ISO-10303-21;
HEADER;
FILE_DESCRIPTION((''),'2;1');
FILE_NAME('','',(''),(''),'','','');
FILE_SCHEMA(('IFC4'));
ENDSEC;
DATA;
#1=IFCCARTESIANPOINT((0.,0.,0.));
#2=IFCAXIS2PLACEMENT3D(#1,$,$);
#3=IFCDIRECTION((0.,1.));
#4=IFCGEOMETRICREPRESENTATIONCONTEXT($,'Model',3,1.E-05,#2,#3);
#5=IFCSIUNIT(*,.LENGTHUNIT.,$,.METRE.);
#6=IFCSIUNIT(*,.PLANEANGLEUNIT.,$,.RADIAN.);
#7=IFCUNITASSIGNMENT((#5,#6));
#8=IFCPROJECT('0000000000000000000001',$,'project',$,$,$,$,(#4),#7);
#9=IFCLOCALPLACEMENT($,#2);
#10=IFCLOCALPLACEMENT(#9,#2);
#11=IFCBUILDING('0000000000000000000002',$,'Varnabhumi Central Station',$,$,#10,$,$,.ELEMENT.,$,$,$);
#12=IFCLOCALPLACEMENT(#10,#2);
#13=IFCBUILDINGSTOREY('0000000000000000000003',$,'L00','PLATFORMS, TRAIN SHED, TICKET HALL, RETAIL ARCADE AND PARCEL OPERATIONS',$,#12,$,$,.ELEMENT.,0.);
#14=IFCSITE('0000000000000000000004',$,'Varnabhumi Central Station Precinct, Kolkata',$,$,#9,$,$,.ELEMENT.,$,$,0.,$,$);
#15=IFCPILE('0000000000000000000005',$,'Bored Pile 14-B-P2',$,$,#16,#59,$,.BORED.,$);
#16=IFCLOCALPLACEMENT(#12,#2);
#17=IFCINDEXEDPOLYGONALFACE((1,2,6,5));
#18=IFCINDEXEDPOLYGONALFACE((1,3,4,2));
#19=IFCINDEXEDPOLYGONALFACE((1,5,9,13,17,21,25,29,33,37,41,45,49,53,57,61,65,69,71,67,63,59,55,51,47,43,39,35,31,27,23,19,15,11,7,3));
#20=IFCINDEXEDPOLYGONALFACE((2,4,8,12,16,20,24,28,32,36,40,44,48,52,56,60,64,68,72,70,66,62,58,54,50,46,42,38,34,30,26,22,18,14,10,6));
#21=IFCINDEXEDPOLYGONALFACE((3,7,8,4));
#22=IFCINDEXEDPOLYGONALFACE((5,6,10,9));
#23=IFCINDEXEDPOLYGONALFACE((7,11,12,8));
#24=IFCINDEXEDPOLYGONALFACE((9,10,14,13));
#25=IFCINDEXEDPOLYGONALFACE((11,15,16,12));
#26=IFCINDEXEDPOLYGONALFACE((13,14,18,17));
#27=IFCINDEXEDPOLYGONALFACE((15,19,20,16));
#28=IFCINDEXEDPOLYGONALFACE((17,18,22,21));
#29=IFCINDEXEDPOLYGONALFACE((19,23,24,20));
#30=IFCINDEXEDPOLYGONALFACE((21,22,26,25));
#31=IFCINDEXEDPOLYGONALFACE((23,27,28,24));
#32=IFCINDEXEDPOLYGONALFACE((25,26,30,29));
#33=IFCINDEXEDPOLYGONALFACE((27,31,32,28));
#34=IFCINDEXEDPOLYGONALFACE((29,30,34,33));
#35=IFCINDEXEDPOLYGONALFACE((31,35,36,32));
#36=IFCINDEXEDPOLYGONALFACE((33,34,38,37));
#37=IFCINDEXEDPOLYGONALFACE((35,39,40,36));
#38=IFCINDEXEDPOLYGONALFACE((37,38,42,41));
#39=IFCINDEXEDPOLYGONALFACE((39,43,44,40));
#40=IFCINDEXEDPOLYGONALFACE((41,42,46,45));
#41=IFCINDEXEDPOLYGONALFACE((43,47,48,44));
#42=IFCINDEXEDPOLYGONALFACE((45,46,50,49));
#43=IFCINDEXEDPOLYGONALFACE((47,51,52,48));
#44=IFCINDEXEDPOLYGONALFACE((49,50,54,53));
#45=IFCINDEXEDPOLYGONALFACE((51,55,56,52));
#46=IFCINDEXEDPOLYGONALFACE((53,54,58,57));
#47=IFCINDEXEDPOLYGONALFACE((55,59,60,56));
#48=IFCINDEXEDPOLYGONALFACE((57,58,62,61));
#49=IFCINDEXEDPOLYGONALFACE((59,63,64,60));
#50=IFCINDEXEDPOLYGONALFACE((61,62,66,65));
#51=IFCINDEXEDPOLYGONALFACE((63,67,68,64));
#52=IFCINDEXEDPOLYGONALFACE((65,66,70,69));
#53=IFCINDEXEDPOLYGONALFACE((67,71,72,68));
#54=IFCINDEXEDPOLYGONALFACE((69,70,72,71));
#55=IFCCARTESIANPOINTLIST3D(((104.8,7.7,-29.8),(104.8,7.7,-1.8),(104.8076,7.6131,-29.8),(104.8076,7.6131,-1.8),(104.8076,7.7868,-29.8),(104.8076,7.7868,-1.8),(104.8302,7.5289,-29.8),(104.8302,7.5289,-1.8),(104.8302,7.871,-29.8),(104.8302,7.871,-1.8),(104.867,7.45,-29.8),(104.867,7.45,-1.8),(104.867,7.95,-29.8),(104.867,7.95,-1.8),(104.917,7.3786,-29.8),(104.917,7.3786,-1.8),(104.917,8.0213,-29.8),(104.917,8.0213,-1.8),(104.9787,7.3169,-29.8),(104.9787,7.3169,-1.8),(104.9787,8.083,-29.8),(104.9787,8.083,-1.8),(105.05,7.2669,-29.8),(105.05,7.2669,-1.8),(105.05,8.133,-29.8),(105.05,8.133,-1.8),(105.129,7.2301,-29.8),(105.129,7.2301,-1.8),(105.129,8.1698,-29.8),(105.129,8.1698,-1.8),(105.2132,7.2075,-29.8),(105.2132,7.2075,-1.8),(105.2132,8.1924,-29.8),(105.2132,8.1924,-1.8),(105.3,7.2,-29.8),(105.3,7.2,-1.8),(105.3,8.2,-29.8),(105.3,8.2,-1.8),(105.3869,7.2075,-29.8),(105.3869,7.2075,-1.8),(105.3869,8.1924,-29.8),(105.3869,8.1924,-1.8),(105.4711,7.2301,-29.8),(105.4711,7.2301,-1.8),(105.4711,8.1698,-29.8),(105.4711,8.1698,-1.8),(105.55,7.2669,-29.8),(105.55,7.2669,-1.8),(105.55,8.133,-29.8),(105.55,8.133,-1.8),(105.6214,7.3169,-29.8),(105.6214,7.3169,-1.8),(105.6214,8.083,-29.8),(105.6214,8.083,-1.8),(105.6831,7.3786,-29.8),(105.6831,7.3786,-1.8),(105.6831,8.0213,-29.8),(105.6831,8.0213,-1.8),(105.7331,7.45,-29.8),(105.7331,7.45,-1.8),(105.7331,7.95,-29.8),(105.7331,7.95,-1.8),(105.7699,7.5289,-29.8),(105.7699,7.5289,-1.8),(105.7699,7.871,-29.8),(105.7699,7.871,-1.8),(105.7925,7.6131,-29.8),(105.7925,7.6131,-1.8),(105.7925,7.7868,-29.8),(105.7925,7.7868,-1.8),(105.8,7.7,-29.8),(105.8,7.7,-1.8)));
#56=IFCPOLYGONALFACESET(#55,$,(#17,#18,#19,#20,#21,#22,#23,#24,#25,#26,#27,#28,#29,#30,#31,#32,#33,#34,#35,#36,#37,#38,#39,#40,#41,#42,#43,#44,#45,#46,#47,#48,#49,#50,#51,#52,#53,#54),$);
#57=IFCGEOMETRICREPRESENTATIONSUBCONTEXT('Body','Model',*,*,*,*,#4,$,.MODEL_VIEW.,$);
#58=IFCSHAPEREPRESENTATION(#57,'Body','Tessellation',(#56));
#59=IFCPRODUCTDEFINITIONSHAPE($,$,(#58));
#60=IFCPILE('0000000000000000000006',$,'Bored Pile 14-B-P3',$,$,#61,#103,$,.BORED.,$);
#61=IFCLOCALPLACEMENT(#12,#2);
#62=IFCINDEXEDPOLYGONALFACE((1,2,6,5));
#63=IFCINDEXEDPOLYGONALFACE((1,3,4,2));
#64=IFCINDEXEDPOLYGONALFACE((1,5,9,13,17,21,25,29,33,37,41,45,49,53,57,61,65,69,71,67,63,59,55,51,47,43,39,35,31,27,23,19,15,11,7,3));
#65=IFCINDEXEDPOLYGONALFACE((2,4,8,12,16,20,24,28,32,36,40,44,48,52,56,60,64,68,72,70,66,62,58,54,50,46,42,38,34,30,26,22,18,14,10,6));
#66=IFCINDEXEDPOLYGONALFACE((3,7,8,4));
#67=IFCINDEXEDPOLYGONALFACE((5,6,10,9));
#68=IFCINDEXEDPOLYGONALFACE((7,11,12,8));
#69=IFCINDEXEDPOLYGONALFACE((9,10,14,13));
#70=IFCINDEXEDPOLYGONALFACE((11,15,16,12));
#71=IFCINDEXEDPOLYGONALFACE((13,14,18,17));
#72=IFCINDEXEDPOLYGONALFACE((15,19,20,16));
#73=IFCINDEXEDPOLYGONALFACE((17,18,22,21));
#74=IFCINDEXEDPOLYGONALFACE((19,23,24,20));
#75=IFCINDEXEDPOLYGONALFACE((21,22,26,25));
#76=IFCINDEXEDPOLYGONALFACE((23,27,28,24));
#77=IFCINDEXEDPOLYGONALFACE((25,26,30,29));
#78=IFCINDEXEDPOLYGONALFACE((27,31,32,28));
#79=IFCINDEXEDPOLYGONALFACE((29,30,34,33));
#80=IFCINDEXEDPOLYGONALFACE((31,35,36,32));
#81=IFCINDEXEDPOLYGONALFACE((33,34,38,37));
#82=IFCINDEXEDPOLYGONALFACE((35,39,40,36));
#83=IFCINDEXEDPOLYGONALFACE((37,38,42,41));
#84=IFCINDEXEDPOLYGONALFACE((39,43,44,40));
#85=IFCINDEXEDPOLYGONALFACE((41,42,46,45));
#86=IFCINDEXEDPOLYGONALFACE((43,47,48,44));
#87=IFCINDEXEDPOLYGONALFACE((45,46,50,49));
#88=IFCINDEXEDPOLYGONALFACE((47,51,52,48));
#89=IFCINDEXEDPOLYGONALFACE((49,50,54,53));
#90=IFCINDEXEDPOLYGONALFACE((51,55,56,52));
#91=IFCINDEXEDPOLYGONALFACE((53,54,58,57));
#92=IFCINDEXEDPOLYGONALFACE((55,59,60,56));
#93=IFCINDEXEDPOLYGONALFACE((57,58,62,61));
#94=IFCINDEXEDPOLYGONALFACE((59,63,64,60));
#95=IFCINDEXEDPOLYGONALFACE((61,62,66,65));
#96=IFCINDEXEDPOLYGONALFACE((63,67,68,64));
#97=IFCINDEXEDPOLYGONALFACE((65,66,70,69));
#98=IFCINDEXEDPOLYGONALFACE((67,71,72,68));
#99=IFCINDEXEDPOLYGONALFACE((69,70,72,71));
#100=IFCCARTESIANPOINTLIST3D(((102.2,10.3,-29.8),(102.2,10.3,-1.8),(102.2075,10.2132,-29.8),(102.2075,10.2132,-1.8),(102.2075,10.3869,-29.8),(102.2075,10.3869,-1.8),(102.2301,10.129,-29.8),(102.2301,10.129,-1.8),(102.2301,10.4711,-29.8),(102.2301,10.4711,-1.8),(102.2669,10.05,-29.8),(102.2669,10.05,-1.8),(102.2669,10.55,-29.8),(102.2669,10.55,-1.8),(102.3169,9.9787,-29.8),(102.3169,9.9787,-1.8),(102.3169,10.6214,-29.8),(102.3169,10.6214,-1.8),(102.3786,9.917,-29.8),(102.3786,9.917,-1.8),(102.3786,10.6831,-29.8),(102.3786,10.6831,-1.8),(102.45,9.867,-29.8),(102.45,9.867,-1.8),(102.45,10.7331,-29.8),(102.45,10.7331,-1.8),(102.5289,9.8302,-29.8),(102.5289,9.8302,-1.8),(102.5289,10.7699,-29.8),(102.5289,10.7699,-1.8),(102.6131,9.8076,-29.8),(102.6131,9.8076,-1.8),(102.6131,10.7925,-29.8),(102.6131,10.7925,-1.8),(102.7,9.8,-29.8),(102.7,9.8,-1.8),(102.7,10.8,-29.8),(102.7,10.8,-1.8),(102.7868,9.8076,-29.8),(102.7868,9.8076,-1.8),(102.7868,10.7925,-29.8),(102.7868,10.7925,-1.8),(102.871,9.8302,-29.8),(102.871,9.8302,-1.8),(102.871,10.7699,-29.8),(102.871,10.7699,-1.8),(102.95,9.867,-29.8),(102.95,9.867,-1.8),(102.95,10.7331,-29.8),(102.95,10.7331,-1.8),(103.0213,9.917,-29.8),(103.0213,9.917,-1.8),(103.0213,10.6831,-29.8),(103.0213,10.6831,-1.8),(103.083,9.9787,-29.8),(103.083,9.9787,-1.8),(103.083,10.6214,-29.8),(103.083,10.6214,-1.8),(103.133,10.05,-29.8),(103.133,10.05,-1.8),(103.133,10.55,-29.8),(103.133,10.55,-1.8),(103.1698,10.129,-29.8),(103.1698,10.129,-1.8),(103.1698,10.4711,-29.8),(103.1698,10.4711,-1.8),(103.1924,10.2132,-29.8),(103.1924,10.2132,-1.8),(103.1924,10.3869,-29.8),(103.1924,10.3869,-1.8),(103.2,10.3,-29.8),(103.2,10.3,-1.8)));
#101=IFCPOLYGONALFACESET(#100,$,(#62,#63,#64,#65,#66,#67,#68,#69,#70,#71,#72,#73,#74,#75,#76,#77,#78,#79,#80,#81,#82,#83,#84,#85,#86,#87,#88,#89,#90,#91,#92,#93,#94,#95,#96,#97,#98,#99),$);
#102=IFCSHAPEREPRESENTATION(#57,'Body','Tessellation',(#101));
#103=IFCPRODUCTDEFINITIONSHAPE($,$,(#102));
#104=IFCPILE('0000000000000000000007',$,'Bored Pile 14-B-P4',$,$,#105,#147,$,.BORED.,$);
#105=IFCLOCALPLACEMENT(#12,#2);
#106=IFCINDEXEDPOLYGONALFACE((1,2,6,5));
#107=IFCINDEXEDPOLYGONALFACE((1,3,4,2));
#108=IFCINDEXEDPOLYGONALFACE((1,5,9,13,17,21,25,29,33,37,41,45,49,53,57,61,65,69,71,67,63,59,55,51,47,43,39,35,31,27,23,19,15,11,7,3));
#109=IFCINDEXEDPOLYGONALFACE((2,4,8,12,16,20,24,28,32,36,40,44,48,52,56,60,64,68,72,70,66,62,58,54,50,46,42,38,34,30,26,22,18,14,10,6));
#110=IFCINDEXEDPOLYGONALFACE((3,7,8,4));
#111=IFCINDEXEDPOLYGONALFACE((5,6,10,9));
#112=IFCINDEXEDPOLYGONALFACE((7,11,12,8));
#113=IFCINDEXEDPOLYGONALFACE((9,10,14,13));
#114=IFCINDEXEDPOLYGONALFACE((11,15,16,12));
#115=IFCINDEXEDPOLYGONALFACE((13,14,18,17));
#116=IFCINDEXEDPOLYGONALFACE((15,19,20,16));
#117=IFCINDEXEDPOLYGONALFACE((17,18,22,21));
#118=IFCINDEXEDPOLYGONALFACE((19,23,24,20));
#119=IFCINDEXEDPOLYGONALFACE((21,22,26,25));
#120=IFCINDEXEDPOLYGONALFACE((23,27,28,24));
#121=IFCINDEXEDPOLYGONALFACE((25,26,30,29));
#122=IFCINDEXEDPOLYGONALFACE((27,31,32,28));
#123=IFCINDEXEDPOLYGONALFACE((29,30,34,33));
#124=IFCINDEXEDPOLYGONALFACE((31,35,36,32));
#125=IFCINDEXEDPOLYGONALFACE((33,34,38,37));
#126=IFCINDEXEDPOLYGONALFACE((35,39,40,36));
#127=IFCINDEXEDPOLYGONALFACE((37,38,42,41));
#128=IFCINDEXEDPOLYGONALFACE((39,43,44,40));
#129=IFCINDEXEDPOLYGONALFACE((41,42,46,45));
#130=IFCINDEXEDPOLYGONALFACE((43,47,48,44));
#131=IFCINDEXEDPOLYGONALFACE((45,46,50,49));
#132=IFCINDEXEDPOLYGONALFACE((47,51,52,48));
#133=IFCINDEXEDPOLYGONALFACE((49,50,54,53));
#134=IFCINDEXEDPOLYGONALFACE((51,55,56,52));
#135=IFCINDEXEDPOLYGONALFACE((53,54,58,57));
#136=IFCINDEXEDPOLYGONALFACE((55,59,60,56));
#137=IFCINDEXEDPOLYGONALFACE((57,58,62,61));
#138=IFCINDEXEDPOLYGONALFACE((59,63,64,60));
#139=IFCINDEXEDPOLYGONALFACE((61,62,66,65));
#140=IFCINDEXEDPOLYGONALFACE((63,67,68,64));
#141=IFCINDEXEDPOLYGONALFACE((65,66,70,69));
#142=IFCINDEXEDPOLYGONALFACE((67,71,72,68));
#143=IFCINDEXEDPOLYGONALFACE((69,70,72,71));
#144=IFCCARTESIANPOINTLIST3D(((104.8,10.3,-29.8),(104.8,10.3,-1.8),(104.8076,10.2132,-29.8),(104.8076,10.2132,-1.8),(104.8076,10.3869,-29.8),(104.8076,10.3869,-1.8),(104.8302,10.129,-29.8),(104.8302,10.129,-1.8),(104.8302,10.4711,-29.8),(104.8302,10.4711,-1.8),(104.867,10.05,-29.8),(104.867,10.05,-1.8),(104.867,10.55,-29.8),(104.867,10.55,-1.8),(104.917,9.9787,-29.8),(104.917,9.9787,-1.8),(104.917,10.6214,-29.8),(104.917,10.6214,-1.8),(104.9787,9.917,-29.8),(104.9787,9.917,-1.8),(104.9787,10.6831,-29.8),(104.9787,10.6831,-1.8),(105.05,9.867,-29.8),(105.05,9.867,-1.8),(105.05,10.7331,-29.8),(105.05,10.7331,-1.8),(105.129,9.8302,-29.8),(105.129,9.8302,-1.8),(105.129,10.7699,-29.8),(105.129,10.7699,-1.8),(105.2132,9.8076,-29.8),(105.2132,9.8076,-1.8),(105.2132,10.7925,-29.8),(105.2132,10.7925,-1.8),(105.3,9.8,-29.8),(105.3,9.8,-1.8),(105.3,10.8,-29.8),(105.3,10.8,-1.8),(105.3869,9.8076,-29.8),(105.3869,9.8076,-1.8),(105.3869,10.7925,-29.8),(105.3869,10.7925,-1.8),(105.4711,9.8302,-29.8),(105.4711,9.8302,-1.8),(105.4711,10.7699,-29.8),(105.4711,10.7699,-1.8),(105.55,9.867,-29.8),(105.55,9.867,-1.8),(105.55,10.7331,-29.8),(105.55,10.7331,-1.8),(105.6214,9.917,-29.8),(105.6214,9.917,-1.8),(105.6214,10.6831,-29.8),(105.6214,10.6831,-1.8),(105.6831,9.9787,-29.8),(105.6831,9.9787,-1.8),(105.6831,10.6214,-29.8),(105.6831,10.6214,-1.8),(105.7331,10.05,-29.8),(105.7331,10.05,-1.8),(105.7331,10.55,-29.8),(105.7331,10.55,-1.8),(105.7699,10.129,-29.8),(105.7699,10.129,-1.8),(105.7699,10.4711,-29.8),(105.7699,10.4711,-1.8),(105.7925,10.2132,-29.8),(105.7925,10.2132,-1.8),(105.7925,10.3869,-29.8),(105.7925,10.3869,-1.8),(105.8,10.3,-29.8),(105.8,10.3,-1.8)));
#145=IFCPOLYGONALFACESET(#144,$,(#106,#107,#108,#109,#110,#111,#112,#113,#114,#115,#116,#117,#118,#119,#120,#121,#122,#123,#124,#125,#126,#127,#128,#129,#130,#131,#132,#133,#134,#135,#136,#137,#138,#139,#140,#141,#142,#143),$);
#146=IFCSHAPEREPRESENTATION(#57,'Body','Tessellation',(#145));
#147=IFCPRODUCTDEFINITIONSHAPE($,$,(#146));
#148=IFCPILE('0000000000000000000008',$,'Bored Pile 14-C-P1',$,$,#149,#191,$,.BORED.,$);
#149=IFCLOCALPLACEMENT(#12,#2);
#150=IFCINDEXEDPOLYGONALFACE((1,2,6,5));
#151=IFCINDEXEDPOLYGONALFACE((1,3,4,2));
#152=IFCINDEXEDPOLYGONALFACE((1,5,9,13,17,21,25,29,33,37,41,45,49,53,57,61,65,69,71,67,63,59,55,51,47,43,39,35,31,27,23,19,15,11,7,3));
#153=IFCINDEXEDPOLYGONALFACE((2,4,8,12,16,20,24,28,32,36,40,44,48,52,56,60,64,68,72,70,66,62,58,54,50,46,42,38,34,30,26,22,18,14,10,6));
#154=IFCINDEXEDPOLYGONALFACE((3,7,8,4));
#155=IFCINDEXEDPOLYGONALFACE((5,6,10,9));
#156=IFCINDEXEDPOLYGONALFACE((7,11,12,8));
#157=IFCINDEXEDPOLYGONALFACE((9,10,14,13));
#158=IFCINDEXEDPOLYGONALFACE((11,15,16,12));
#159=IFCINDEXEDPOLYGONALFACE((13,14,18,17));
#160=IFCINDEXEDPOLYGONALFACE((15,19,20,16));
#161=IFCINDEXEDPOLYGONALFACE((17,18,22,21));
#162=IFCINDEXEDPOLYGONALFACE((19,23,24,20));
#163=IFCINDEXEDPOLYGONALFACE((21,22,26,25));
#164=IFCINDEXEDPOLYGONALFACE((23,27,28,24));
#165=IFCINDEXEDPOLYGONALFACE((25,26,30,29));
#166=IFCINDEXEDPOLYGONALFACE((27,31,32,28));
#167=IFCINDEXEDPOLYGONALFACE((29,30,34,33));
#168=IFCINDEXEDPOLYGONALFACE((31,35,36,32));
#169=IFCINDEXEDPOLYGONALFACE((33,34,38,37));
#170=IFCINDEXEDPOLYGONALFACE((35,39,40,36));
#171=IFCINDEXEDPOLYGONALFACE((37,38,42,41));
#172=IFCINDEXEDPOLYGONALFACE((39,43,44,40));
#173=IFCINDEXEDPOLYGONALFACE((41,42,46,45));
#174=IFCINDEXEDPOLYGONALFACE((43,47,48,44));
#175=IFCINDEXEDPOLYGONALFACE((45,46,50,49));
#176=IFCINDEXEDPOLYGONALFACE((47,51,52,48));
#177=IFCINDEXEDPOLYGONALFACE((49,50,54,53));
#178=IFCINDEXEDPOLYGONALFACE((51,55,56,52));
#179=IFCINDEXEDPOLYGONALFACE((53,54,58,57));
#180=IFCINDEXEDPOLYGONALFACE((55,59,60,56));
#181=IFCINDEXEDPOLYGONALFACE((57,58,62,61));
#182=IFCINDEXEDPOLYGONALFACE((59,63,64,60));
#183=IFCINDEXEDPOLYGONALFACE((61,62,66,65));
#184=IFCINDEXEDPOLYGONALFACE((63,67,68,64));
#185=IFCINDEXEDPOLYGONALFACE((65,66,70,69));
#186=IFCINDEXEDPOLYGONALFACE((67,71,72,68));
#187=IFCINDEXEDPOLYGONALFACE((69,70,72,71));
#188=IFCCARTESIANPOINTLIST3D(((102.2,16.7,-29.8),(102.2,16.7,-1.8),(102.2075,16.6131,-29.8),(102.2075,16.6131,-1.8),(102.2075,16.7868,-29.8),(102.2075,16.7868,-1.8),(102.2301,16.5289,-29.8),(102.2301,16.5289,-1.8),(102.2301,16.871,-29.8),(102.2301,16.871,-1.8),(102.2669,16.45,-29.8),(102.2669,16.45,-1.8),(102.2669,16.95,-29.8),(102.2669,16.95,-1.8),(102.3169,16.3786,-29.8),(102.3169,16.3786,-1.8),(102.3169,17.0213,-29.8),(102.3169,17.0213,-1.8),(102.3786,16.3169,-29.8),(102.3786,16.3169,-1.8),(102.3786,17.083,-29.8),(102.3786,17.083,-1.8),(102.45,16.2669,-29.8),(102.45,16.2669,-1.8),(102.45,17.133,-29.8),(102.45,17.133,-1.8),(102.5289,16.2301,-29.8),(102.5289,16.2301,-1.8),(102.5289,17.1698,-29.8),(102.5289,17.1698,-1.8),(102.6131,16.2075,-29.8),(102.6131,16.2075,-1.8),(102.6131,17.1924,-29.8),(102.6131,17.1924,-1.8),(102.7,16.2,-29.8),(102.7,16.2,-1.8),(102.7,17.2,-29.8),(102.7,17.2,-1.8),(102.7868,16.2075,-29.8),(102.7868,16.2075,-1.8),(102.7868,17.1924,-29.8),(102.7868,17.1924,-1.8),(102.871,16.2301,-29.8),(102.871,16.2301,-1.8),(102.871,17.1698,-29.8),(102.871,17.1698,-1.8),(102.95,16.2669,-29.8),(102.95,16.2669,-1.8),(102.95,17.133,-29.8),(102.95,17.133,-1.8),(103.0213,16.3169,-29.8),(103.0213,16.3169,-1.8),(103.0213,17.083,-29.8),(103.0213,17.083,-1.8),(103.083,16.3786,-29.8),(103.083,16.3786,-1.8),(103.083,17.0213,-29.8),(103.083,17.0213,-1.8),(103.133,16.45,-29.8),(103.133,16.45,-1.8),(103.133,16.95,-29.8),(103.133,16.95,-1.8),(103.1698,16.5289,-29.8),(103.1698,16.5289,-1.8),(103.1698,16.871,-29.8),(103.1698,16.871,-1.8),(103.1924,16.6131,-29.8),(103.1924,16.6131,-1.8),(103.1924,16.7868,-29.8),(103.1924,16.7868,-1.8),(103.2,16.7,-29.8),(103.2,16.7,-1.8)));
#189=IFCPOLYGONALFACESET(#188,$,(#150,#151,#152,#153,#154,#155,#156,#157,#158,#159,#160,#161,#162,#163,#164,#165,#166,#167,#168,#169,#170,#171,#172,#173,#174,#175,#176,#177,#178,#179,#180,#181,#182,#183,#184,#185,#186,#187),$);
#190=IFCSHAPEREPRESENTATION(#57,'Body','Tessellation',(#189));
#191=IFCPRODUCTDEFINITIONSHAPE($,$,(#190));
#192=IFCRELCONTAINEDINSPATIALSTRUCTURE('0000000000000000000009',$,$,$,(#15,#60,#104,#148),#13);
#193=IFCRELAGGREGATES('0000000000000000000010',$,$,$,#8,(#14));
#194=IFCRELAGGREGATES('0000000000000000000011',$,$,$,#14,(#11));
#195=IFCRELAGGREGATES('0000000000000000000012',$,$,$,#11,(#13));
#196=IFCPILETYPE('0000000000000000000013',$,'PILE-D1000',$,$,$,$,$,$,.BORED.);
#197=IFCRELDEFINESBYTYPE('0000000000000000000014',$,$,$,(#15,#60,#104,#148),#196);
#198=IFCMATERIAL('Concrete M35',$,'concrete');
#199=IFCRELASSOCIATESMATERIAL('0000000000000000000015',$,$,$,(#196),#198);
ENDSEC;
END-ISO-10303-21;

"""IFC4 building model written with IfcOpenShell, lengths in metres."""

from ifc_helpers import new_model, si_unit, direction, frame, origin, origin_2d, place, context, subcontext, project, spatial, circle, extrude, material, material_profile, profile_set, type_object, element, save


model = new_model("IFC4")

# Units and contexts
model_context = context("Model", 3, precision=1e-05, world=origin(), true_north=direction((0.0, 1.0)))
body_context = subcontext(model_context, "Body", "Model", "MODEL_VIEW")
ifc_project = project(units=[si_unit("LENGTHUNIT", "METRE"), si_unit("PLANEANGLEUNIT", "RADIAN")], contexts=[model_context])

# Site, building, storey
site_placement = place(None, origin())
site = spatial("IfcSite", under=ifc_project, at=site_placement, Name="Varnabhumi Central Station Precinct, Kolkata", CompositionType="ELEMENT", RefElevation=0.0)
building_placement = place(site_placement, origin())
building = spatial("IfcBuilding", under=site, at=building_placement, Name="Varnabhumi Central Station", CompositionType="ELEMENT")
storey_placement = place(building_placement, origin())
storey = spatial("IfcBuildingStorey", under=building, at=storey_placement, Name="L00", Description="PLATFORMS, TRAIN SHED, TICKET HALL, RETAIL ARCADE AND PARCEL OPERATIONS", CompositionType="ELEMENT", Elevation=0.0)

# Piles
ifc_material_1 = material(Name="Concrete M35", Category="concrete")
ifc_material_profile_1 = material_profile(ifc_material_1, circle(Radius=0.5, at=origin_2d()), Name="Concrete M35", Category="concrete")
ifc_profile_set_1 = profile_set([ifc_material_profile_1], Name="Concrete M35")
pile_type_1 = type_object("IfcPileType", Name="PILE-D1000", PredefinedType="BORED", material=ifc_profile_set_1)
for number, where, z_axis, x_axis, name in (
    (1, (105.3, 7.7, -1.8), (0.0, 0.0, -1.0), (1.0, 0.0, 0.0), "Bored Pile 14-B-P2"),
    (2, (102.7, 10.3, -1.8), (0.0, 0.0, -1.0), (1.0, 0.0, 0.0), "Bored Pile 14-B-P3"),
    (3, (105.3, 10.3, -1.8), (0.0, 0.0, -1.0), (1.0, 0.0, 0.0), "Bored Pile 14-B-P4"),
    (4, (102.7, 16.7, -1.8), (0.0, 0.0, -1.0), (1.0, 0.0, 0.0), "Bored Pile 14-C-P1"),
):
    element("IfcPile", number, at=place(storey_placement, frame(where, z_axis=z_axis, x_axis=x_axis)), inside=storey, type_object=pile_type_1, Name=name, PredefinedType="BORED", context=body_context, shape_type="SweptSolid", body=[
        extrude(circle(Radius=0.5, at=origin_2d()), origin(), (0.0, 0.0, 1.0), 28.0),
    ])

save(model, "model.ifc")
